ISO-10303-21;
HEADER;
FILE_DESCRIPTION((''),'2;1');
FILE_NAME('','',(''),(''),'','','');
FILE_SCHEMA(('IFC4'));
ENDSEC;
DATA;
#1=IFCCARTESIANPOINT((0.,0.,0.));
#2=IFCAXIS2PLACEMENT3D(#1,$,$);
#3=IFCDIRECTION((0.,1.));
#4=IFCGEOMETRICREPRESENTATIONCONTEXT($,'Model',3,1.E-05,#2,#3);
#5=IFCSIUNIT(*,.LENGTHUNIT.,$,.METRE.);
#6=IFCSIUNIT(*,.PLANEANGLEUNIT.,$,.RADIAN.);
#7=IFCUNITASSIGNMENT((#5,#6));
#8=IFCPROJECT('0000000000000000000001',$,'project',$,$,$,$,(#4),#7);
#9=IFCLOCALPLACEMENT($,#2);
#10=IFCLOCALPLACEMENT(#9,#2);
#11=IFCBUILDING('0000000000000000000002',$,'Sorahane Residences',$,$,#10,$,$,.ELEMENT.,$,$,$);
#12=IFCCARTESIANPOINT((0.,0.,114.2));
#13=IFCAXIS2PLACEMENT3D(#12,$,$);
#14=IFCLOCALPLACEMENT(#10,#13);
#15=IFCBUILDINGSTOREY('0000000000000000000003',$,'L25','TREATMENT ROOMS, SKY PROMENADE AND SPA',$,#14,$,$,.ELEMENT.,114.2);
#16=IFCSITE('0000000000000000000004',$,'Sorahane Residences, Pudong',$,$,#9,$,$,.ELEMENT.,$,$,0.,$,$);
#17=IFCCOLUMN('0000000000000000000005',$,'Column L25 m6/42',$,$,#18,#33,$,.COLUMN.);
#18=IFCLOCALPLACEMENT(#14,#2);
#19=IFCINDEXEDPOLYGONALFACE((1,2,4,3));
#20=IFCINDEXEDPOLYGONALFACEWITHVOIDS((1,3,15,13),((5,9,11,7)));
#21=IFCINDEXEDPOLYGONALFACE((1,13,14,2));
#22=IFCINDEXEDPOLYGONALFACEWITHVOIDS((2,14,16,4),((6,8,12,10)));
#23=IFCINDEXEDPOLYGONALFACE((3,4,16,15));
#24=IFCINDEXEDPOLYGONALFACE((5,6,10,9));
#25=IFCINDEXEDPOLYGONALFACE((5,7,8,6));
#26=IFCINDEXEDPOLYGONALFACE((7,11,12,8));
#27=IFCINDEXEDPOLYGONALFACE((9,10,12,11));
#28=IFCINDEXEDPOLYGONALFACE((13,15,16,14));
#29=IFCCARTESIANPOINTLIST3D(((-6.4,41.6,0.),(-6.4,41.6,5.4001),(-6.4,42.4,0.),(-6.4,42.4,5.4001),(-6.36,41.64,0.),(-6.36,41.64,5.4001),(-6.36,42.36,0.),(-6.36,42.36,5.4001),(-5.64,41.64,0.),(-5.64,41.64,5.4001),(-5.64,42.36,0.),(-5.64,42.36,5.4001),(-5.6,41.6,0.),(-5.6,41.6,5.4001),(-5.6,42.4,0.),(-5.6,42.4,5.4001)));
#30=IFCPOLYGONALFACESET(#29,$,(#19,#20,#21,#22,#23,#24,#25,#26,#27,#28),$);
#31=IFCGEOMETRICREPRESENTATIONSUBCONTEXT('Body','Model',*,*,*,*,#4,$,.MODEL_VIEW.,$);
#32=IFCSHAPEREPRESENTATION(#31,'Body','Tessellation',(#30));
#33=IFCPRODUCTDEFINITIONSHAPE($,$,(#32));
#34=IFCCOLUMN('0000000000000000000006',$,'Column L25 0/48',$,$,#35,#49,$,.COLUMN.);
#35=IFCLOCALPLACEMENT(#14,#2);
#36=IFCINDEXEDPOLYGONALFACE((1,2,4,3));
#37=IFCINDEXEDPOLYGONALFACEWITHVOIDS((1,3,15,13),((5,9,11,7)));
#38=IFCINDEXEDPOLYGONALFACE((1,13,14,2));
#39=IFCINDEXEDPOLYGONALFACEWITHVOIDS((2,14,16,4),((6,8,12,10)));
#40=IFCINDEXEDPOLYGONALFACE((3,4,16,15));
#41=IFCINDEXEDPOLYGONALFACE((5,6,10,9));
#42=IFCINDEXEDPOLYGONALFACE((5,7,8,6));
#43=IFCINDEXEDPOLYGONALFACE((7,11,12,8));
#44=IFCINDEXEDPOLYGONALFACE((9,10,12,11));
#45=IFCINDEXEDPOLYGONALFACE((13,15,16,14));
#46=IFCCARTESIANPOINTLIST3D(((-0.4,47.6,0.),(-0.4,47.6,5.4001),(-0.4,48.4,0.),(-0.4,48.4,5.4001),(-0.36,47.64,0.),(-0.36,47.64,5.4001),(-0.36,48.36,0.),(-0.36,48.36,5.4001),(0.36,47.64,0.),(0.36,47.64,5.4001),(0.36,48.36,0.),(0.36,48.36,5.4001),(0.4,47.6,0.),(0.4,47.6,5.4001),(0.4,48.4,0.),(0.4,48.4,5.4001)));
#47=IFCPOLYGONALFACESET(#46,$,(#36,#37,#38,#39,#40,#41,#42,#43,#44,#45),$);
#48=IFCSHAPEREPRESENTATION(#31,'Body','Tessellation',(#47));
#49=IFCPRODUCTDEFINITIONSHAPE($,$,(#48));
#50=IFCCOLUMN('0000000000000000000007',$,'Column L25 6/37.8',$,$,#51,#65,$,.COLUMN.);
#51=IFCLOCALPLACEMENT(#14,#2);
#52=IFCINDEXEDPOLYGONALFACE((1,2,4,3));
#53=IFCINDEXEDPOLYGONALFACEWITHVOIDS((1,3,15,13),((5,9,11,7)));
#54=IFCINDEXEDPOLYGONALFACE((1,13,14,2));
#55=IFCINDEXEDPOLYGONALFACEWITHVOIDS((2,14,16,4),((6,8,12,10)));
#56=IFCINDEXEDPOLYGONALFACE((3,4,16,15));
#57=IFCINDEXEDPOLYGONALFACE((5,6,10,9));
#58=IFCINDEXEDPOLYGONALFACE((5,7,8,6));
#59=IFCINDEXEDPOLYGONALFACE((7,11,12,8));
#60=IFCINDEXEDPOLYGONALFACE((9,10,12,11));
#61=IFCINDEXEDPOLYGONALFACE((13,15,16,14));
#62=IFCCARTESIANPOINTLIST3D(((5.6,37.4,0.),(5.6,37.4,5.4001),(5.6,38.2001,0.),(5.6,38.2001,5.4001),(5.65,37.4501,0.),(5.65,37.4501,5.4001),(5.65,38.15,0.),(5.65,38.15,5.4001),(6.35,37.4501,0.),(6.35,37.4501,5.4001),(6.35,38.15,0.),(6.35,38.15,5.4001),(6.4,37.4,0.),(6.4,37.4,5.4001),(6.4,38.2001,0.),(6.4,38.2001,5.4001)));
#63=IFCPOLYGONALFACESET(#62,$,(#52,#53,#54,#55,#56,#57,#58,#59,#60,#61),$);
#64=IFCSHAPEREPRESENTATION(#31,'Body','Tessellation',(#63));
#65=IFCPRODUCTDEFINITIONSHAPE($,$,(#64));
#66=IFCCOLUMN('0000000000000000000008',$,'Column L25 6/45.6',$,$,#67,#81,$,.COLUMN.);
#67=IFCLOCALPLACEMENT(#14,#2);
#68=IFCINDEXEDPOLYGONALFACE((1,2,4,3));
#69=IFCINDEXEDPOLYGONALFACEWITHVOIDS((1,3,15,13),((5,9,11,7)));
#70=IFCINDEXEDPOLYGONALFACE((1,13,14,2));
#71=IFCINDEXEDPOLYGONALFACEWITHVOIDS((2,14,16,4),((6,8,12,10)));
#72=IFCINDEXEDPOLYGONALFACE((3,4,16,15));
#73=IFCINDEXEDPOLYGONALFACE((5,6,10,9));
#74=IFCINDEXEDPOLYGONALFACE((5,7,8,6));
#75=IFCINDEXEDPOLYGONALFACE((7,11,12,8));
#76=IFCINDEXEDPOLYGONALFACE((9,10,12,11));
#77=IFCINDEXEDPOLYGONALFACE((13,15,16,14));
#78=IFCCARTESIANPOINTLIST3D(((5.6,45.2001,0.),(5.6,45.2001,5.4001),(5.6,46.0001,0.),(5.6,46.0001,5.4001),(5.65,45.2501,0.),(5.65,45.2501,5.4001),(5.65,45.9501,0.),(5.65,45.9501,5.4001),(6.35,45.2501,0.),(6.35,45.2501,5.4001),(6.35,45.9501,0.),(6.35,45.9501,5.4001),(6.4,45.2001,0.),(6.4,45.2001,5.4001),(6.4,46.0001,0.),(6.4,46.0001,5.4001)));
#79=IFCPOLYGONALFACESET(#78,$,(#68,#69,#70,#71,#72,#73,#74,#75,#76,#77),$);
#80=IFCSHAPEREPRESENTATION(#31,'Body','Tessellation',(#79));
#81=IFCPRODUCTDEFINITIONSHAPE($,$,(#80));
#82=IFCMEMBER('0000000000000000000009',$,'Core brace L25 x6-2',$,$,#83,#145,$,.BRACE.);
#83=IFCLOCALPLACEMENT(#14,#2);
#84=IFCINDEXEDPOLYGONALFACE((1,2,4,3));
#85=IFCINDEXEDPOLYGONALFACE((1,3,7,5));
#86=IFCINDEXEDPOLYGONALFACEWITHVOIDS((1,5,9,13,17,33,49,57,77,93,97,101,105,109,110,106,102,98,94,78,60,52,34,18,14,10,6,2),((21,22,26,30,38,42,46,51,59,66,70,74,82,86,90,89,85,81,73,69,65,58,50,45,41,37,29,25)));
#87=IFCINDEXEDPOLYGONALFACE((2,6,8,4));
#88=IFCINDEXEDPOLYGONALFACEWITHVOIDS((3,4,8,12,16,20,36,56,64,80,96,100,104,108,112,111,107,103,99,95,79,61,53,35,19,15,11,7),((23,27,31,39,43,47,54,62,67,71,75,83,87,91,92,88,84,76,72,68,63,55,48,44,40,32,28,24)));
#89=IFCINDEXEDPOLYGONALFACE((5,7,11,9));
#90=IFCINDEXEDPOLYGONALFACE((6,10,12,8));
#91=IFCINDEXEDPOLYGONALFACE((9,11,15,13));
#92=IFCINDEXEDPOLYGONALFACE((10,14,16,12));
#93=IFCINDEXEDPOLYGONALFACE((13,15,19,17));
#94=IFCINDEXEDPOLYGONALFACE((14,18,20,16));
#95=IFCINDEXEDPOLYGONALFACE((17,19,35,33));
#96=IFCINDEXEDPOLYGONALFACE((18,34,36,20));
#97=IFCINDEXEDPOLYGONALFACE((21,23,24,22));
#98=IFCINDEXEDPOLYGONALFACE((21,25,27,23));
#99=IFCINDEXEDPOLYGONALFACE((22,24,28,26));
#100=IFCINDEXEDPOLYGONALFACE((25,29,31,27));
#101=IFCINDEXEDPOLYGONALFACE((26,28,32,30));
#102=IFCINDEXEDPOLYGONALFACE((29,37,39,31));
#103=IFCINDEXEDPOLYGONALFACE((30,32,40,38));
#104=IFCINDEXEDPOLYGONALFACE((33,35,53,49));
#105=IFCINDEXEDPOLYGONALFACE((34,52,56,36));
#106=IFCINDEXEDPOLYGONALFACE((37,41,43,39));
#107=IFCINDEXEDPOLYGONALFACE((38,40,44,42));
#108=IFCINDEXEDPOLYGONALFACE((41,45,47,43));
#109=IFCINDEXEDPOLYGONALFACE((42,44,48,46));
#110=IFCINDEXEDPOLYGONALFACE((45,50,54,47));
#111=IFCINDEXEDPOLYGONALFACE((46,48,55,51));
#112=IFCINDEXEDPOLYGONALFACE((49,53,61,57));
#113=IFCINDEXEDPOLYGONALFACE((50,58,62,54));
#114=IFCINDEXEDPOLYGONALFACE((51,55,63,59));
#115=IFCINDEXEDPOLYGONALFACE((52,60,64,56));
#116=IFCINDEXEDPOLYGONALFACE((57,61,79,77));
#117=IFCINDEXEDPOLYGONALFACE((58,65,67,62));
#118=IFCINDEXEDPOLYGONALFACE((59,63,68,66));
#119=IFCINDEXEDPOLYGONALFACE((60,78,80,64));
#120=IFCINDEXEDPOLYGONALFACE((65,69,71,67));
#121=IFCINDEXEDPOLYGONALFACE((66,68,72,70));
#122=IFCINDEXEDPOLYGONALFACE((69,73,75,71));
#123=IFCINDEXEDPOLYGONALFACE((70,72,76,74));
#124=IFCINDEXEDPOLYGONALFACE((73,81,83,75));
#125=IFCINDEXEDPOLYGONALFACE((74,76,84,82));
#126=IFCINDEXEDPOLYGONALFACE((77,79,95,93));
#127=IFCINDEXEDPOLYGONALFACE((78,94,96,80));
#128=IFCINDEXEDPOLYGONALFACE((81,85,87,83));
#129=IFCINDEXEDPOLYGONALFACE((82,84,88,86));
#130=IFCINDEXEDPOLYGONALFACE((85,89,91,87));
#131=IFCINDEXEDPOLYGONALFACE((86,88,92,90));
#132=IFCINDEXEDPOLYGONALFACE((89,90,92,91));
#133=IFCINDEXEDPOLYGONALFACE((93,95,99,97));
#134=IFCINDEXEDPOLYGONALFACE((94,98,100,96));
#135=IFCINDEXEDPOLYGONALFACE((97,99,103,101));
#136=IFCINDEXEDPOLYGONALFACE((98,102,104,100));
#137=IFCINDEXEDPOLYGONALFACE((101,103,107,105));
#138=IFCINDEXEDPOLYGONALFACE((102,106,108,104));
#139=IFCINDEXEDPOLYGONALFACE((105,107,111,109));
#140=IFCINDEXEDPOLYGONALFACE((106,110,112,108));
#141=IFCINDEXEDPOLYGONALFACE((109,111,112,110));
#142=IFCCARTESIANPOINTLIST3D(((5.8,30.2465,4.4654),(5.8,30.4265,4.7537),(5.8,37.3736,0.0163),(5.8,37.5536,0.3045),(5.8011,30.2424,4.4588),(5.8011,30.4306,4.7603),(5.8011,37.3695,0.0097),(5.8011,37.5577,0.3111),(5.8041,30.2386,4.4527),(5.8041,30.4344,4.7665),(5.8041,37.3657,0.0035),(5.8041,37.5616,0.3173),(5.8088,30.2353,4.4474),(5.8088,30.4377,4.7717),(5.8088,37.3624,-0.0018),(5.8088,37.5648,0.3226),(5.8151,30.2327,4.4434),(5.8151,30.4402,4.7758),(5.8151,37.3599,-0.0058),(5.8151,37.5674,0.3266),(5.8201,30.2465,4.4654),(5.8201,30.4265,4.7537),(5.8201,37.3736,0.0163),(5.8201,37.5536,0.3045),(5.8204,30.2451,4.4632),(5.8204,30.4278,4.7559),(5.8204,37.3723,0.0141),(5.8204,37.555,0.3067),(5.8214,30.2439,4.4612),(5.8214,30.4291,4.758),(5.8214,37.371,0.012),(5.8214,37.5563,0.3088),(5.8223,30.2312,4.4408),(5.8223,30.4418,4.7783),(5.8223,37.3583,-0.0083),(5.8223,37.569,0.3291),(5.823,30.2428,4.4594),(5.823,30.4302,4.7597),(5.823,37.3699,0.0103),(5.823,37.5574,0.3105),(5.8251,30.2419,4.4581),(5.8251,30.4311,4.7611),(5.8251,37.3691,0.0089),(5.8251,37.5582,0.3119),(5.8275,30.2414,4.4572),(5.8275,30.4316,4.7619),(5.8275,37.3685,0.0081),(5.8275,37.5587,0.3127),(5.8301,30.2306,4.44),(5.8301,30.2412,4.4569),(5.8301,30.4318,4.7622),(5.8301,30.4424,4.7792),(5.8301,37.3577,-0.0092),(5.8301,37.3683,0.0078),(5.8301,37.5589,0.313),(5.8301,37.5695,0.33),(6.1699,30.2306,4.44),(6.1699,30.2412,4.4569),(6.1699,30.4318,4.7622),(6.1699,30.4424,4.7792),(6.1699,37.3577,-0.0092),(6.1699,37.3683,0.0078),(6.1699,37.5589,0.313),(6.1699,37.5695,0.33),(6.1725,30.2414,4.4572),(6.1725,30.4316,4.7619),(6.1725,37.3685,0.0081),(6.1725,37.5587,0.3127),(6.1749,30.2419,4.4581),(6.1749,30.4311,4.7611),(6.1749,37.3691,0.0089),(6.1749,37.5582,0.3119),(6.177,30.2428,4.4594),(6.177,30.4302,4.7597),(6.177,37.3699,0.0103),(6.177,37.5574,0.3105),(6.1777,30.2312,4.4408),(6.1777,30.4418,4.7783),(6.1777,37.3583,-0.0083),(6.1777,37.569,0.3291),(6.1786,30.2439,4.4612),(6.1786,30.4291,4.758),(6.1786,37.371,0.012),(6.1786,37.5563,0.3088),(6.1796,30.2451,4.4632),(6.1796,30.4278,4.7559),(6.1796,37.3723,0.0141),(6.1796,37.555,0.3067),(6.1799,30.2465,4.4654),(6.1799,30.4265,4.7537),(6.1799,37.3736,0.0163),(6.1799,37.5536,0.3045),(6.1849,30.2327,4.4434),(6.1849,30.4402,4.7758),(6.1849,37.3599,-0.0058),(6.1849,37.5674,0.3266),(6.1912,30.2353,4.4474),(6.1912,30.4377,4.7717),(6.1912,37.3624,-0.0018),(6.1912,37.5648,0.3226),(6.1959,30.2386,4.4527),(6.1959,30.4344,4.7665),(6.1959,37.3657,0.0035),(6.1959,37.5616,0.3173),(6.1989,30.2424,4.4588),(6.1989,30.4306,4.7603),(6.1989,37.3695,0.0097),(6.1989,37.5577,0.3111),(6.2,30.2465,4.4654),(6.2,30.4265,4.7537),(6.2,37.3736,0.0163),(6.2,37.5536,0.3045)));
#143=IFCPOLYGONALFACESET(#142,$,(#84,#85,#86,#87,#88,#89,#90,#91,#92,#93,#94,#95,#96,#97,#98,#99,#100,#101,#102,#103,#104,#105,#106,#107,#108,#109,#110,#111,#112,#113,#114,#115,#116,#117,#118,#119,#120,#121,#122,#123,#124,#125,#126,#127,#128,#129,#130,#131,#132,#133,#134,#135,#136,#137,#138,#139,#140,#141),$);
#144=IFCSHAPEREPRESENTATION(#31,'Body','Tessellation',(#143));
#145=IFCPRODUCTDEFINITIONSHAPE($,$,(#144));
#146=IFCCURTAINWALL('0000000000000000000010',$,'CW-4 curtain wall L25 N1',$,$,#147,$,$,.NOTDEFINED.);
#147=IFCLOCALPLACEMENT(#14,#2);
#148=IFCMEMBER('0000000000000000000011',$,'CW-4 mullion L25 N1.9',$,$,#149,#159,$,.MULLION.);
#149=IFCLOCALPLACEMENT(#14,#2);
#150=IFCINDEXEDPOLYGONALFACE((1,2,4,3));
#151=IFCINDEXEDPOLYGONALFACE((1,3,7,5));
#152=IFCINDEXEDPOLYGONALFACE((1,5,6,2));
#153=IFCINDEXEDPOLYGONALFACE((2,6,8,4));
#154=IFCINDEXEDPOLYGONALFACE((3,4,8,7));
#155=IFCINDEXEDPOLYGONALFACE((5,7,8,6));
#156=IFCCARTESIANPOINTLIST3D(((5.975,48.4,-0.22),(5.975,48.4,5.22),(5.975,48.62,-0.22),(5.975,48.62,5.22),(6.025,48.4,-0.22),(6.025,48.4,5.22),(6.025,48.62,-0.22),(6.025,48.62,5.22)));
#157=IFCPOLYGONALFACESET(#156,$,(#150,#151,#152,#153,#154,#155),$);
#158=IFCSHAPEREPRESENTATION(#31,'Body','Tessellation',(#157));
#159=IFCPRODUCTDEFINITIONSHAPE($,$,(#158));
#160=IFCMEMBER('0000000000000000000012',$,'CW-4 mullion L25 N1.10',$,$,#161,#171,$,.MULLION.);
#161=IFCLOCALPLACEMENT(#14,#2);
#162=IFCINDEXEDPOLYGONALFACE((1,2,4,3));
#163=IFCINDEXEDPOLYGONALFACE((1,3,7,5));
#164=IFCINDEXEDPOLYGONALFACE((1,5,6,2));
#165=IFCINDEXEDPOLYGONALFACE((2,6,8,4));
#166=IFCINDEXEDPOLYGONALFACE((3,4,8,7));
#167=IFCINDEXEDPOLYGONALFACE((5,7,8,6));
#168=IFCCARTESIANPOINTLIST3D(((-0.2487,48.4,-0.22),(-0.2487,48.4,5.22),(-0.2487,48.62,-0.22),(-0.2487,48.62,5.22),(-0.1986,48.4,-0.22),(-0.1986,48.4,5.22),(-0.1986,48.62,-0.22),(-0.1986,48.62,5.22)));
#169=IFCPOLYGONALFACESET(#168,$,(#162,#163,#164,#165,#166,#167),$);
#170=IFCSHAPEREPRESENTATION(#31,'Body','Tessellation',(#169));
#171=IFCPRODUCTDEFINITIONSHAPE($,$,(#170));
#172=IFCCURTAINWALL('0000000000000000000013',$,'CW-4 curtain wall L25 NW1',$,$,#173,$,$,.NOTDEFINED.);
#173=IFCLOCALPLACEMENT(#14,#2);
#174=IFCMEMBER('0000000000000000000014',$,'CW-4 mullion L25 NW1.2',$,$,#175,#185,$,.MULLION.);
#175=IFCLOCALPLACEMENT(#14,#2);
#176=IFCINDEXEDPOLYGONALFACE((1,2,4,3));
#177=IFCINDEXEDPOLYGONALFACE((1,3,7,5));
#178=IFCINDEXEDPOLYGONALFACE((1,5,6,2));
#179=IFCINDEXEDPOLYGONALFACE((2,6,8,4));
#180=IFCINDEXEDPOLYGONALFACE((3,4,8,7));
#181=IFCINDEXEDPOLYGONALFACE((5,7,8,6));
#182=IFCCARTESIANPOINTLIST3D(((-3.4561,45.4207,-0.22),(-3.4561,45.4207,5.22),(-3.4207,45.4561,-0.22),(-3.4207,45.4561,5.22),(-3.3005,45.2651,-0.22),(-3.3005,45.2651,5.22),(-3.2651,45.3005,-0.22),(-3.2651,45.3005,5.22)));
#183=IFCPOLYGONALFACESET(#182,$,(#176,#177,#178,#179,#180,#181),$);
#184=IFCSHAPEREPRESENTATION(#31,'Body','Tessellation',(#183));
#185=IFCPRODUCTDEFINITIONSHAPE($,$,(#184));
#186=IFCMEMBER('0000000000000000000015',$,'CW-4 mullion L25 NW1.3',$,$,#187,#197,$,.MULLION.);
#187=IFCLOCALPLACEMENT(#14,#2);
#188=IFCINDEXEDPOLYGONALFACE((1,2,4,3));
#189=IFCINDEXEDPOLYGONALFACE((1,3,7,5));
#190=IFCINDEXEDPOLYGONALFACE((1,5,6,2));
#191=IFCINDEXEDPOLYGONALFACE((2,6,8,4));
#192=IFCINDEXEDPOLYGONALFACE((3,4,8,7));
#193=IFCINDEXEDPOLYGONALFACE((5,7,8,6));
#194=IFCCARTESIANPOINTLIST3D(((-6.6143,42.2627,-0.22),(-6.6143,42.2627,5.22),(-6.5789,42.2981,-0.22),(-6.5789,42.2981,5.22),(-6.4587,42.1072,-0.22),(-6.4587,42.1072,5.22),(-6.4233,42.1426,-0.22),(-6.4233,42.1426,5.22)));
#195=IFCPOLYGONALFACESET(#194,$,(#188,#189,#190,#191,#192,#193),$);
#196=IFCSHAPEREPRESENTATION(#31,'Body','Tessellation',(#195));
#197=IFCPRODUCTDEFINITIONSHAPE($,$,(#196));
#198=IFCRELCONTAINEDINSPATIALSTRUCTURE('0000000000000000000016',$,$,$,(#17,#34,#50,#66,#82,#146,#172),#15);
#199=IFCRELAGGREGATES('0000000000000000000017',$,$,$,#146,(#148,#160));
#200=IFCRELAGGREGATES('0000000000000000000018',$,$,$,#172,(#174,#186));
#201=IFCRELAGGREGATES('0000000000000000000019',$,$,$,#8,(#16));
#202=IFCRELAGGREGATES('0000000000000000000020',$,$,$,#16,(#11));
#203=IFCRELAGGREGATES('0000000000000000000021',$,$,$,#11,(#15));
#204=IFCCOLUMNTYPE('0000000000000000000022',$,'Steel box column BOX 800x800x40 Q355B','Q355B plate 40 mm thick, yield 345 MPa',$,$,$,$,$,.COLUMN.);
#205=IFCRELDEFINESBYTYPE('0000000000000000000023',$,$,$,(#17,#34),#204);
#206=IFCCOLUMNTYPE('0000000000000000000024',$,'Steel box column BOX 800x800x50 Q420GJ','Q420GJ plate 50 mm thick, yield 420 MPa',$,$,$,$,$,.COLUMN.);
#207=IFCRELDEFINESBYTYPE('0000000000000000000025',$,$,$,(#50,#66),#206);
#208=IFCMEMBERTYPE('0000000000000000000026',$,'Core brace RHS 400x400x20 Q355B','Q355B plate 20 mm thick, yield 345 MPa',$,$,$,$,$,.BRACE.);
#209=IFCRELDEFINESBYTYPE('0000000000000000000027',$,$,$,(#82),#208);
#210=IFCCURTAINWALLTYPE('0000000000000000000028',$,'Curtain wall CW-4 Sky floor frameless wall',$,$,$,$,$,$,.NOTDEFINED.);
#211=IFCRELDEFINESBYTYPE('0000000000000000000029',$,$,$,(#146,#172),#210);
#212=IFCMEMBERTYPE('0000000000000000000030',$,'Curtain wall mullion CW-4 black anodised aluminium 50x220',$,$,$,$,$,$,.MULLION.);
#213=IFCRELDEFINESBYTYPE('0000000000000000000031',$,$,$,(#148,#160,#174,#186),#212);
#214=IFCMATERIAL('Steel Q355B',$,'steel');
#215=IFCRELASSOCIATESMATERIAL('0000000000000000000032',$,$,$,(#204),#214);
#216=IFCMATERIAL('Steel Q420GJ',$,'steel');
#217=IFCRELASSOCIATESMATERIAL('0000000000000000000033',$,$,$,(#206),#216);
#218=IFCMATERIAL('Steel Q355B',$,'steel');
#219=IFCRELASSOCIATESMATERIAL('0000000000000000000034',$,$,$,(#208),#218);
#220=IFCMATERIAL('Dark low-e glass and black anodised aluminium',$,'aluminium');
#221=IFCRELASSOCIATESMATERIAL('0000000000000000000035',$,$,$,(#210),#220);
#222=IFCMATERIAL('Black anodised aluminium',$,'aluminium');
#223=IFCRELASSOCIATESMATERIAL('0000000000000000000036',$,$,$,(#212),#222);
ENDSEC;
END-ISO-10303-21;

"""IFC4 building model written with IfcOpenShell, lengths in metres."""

from ifc_helpers import new_model, si_unit, direction, frame, origin, origin_2d, place, context, subcontext, project, spatial, rectangle, hollow_rectangle, extrude, material, material_profile, profile_set, type_object, element, aggregate, save


model = new_model("IFC4")

# Units and contexts
model_context = context("Model", 3, precision=1e-05, world=origin(), true_north=direction((0.0, 1.0)))
body_context = subcontext(model_context, "Body", "Model", "MODEL_VIEW")
ifc_project = project(units=[si_unit("LENGTHUNIT", "METRE"), si_unit("PLANEANGLEUNIT", "RADIAN")], contexts=[model_context])

# Site, building, storey
site_placement = place(None, origin())
site = spatial("IfcSite", under=ifc_project, at=site_placement, Name="Sorahane Residences, Pudong", CompositionType="ELEMENT", RefElevation=0.0)
building_placement = place(site_placement, origin())
building = spatial("IfcBuilding", under=site, at=building_placement, Name="Sorahane Residences", CompositionType="ELEMENT")
storey_placement = place(building_placement, frame((0.0, 0.0, 114.2)))
storey = spatial("IfcBuildingStorey", under=building, at=storey_placement, Name="L25", Description="TREATMENT ROOMS, SKY PROMENADE AND SPA", CompositionType="ELEMENT", Elevation=114.2)

# Columns
ifc_material_1 = material(Name="Steel Q355B", Category="steel")
ifc_material_profile_1 = material_profile(ifc_material_1, hollow_rectangle(XDim=0.8, YDim=0.8, WallThickness=0.04, at=origin_2d()), Name="BOX 800x800x40")
ifc_profile_set_1 = profile_set([ifc_material_profile_1], Name="Steel Q355B")
column_type_1 = type_object("IfcColumnType", Name="Steel box column BOX 800x800x40 Q355B", Description="Q355B plate 40 mm thick, yield 345 MPa", PredefinedType="COLUMN", material=ifc_profile_set_1)
for number, where, z_axis, x_axis, name in (
    (1, (-6.0, 42.0, 0.0), (0.0, 0.0, 1.0), (1.0, 0.0, 0.0), "Column L25 m6/42"),
    (2, (0.0, 48.0, 0.0), (0.0, 0.0, 1.0), (1.0, 0.0, 0.0), "Column L25 0/48"),
):
    element("IfcColumn", number, at=place(storey_placement, frame(where, z_axis=z_axis, x_axis=x_axis)), inside=storey, type_object=column_type_1, Name=name, PredefinedType="COLUMN", context=body_context, shape_type="SweptSolid", body=[
        extrude(hollow_rectangle(XDim=0.8, YDim=0.8, WallThickness=0.04, at=origin_2d()), origin(), (0.0, 0.0, 1.0), 5.4001),
    ])
ifc_material_2 = material(Name="Steel Q420GJ", Category="steel")
ifc_material_profile_2 = material_profile(ifc_material_2, hollow_rectangle(XDim=0.8, YDim=0.8, WallThickness=0.05, at=origin_2d()), Name="BOX 800x800x50")
ifc_profile_set_2 = profile_set([ifc_material_profile_2], Name="Steel Q420GJ")
column_type_2 = type_object("IfcColumnType", Name="Steel box column BOX 800x800x50 Q420GJ", Description="Q420GJ plate 50 mm thick, yield 420 MPa", PredefinedType="COLUMN", material=ifc_profile_set_2)
for number, where, z_axis, x_axis, name in (
    (3, (6.0, 37.8, 0.0), (0.0, 0.0, 1.0), (1.0, 0.0, 0.0), "Column L25 6/37.8"),
    (4, (6.0, 45.6001, 0.0), (0.0, 0.0, 1.0), (1.0, 0.0, 0.0), "Column L25 6/45.6"),
):
    element("IfcColumn", number, at=place(storey_placement, frame(where, z_axis=z_axis, x_axis=x_axis)), inside=storey, type_object=column_type_2, Name=name, PredefinedType="COLUMN", context=body_context, shape_type="SweptSolid", body=[
        extrude(hollow_rectangle(XDim=0.8, YDim=0.8, WallThickness=0.05, at=origin_2d()), origin(), (0.0, 0.0, 1.0), 5.4001),
    ])

# Member
ifc_material_3 = material(Name="Steel Q355B", Category="steel")
ifc_material_profile_3 = material_profile(ifc_material_3, hollow_rectangle(XDim=0.3999, YDim=0.3999, WallThickness=0.02, InnerFilletRadius=0.01, OuterFilletRadius=0.03, at=origin_2d()), Name="RHS 400x400x20")
ifc_profile_set_3 = profile_set([ifc_material_profile_3], Name="Steel Q355B")
member_type_1 = type_object("IfcMemberType", Name="Core brace RHS 400x400x20 Q355B", Description="Q355B plate 20 mm thick, yield 345 MPa", PredefinedType="BRACE", material=ifc_profile_set_3)
member_1_placement = place(storey_placement, frame((6.0, 37.4636, 0.1604), z_axis=(0.0, -0.848281, 0.529547), x_axis=(1.0, 0.0, 0.0)))
element("IfcMember", 5, at=member_1_placement, inside=storey, type_object=member_type_1, Name="Core brace L25 x6-2", PredefinedType="BRACE", context=body_context, shape_type="SweptSolid", body=[
    extrude(hollow_rectangle(XDim=0.3999, YDim=0.3999, WallThickness=0.02, InnerFilletRadius=0.01, OuterFilletRadius=0.03, at=origin_2d()), origin(), (0.0, 0.0, 1.0), 8.4019),
])

# Curtain walls, members
ifc_material_4 = material(Name="Dark low-e glass and black anodised aluminium", Category="aluminium")
curtain_wall_type = type_object("IfcCurtainWallType", Name="Curtain wall CW-4 Sky floor frameless wall", PredefinedType="NOTDEFINED", material=ifc_material_4)
curtain_wall_1_placement = place(storey_placement, origin())
curtain_wall_1 = element("IfcCurtainWall", 6, at=curtain_wall_1_placement, inside=storey, type_object=curtain_wall_type, Name="CW-4 curtain wall L25 N1", PredefinedType="NOTDEFINED")
ifc_material_5 = material(Name="Black anodised aluminium", Category="aluminium")
ifc_material_profile_4 = material_profile(ifc_material_5, rectangle(XDim=0.22, YDim=0.05, at=origin_2d()), Name="Curtain wall mullion CW-4 black anodised aluminium 50x220")
ifc_profile_set_4 = profile_set([ifc_material_profile_4], Name="Black anodised aluminium")
member_type_2 = type_object("IfcMemberType", Name="Curtain wall mullion CW-4 black anodised aluminium 50x220", PredefinedType="MULLION", material=ifc_profile_set_4)
member_2_placement = place(storey_placement, frame((6.0, 48.51, -0.22), z_axis=(0.0, 0.0, 1.0), x_axis=(0.0, 1.0, 0.0)))
member_2 = element("IfcMember", 7, at=member_2_placement, type_object=member_type_2, Name="CW-4 mullion L25 N1.9", PredefinedType="MULLION", context=body_context, shape_type="SweptSolid", body=[
    extrude(rectangle(XDim=0.22, YDim=0.05, at=origin_2d()), origin(), (0.0, 0.0, 1.0), 5.4399),
])
member_3_placement = place(storey_placement, frame((-0.2236, 48.51, -0.22), z_axis=(0.0, 0.0, 1.0), x_axis=(0.0, 1.0, 0.0)))
member_3 = element("IfcMember", 8, at=member_3_placement, type_object=member_type_2, Name="CW-4 mullion L25 N1.10", PredefinedType="MULLION", context=body_context, shape_type="SweptSolid", body=[
    extrude(rectangle(XDim=0.22, YDim=0.05, at=origin_2d()), origin(), (0.0, 0.0, 1.0), 5.4399),
])
curtain_wall_2_placement = place(storey_placement, origin())
curtain_wall_2 = element("IfcCurtainWall", 9, at=curtain_wall_2_placement, inside=storey, type_object=curtain_wall_type, Name="CW-4 curtain wall L25 NW1", PredefinedType="NOTDEFINED")
member_4_placement = place(storey_placement, frame((-3.3606, 45.3606, -0.22), z_axis=(0.0, 0.0, 1.0), x_axis=(-0.707107, 0.707107, 0.0)))
member_4 = element("IfcMember", 10, at=member_4_placement, type_object=member_type_2, Name="CW-4 mullion L25 NW1.2", PredefinedType="MULLION", context=body_context, shape_type="SweptSolid", body=[
    extrude(rectangle(XDim=0.22, YDim=0.05, at=origin_2d()), origin(), (0.0, 0.0, 1.0), 5.4399),
])
member_5_placement = place(storey_placement, frame((-6.5188, 42.2026, -0.22), z_axis=(0.0, 0.0, 1.0), x_axis=(-0.707107, 0.707107, 0.0)))
member_5 = element("IfcMember", 11, at=member_5_placement, type_object=member_type_2, Name="CW-4 mullion L25 NW1.3", PredefinedType="MULLION", context=body_context, shape_type="SweptSolid", body=[
    extrude(rectangle(XDim=0.22, YDim=0.05, at=origin_2d()), origin(), (0.0, 0.0, 1.0), 5.4399),
])

aggregate(curtain_wall_1, [member_2, member_3])
aggregate(curtain_wall_2, [member_4, member_5])

save(model, "model.ifc")
